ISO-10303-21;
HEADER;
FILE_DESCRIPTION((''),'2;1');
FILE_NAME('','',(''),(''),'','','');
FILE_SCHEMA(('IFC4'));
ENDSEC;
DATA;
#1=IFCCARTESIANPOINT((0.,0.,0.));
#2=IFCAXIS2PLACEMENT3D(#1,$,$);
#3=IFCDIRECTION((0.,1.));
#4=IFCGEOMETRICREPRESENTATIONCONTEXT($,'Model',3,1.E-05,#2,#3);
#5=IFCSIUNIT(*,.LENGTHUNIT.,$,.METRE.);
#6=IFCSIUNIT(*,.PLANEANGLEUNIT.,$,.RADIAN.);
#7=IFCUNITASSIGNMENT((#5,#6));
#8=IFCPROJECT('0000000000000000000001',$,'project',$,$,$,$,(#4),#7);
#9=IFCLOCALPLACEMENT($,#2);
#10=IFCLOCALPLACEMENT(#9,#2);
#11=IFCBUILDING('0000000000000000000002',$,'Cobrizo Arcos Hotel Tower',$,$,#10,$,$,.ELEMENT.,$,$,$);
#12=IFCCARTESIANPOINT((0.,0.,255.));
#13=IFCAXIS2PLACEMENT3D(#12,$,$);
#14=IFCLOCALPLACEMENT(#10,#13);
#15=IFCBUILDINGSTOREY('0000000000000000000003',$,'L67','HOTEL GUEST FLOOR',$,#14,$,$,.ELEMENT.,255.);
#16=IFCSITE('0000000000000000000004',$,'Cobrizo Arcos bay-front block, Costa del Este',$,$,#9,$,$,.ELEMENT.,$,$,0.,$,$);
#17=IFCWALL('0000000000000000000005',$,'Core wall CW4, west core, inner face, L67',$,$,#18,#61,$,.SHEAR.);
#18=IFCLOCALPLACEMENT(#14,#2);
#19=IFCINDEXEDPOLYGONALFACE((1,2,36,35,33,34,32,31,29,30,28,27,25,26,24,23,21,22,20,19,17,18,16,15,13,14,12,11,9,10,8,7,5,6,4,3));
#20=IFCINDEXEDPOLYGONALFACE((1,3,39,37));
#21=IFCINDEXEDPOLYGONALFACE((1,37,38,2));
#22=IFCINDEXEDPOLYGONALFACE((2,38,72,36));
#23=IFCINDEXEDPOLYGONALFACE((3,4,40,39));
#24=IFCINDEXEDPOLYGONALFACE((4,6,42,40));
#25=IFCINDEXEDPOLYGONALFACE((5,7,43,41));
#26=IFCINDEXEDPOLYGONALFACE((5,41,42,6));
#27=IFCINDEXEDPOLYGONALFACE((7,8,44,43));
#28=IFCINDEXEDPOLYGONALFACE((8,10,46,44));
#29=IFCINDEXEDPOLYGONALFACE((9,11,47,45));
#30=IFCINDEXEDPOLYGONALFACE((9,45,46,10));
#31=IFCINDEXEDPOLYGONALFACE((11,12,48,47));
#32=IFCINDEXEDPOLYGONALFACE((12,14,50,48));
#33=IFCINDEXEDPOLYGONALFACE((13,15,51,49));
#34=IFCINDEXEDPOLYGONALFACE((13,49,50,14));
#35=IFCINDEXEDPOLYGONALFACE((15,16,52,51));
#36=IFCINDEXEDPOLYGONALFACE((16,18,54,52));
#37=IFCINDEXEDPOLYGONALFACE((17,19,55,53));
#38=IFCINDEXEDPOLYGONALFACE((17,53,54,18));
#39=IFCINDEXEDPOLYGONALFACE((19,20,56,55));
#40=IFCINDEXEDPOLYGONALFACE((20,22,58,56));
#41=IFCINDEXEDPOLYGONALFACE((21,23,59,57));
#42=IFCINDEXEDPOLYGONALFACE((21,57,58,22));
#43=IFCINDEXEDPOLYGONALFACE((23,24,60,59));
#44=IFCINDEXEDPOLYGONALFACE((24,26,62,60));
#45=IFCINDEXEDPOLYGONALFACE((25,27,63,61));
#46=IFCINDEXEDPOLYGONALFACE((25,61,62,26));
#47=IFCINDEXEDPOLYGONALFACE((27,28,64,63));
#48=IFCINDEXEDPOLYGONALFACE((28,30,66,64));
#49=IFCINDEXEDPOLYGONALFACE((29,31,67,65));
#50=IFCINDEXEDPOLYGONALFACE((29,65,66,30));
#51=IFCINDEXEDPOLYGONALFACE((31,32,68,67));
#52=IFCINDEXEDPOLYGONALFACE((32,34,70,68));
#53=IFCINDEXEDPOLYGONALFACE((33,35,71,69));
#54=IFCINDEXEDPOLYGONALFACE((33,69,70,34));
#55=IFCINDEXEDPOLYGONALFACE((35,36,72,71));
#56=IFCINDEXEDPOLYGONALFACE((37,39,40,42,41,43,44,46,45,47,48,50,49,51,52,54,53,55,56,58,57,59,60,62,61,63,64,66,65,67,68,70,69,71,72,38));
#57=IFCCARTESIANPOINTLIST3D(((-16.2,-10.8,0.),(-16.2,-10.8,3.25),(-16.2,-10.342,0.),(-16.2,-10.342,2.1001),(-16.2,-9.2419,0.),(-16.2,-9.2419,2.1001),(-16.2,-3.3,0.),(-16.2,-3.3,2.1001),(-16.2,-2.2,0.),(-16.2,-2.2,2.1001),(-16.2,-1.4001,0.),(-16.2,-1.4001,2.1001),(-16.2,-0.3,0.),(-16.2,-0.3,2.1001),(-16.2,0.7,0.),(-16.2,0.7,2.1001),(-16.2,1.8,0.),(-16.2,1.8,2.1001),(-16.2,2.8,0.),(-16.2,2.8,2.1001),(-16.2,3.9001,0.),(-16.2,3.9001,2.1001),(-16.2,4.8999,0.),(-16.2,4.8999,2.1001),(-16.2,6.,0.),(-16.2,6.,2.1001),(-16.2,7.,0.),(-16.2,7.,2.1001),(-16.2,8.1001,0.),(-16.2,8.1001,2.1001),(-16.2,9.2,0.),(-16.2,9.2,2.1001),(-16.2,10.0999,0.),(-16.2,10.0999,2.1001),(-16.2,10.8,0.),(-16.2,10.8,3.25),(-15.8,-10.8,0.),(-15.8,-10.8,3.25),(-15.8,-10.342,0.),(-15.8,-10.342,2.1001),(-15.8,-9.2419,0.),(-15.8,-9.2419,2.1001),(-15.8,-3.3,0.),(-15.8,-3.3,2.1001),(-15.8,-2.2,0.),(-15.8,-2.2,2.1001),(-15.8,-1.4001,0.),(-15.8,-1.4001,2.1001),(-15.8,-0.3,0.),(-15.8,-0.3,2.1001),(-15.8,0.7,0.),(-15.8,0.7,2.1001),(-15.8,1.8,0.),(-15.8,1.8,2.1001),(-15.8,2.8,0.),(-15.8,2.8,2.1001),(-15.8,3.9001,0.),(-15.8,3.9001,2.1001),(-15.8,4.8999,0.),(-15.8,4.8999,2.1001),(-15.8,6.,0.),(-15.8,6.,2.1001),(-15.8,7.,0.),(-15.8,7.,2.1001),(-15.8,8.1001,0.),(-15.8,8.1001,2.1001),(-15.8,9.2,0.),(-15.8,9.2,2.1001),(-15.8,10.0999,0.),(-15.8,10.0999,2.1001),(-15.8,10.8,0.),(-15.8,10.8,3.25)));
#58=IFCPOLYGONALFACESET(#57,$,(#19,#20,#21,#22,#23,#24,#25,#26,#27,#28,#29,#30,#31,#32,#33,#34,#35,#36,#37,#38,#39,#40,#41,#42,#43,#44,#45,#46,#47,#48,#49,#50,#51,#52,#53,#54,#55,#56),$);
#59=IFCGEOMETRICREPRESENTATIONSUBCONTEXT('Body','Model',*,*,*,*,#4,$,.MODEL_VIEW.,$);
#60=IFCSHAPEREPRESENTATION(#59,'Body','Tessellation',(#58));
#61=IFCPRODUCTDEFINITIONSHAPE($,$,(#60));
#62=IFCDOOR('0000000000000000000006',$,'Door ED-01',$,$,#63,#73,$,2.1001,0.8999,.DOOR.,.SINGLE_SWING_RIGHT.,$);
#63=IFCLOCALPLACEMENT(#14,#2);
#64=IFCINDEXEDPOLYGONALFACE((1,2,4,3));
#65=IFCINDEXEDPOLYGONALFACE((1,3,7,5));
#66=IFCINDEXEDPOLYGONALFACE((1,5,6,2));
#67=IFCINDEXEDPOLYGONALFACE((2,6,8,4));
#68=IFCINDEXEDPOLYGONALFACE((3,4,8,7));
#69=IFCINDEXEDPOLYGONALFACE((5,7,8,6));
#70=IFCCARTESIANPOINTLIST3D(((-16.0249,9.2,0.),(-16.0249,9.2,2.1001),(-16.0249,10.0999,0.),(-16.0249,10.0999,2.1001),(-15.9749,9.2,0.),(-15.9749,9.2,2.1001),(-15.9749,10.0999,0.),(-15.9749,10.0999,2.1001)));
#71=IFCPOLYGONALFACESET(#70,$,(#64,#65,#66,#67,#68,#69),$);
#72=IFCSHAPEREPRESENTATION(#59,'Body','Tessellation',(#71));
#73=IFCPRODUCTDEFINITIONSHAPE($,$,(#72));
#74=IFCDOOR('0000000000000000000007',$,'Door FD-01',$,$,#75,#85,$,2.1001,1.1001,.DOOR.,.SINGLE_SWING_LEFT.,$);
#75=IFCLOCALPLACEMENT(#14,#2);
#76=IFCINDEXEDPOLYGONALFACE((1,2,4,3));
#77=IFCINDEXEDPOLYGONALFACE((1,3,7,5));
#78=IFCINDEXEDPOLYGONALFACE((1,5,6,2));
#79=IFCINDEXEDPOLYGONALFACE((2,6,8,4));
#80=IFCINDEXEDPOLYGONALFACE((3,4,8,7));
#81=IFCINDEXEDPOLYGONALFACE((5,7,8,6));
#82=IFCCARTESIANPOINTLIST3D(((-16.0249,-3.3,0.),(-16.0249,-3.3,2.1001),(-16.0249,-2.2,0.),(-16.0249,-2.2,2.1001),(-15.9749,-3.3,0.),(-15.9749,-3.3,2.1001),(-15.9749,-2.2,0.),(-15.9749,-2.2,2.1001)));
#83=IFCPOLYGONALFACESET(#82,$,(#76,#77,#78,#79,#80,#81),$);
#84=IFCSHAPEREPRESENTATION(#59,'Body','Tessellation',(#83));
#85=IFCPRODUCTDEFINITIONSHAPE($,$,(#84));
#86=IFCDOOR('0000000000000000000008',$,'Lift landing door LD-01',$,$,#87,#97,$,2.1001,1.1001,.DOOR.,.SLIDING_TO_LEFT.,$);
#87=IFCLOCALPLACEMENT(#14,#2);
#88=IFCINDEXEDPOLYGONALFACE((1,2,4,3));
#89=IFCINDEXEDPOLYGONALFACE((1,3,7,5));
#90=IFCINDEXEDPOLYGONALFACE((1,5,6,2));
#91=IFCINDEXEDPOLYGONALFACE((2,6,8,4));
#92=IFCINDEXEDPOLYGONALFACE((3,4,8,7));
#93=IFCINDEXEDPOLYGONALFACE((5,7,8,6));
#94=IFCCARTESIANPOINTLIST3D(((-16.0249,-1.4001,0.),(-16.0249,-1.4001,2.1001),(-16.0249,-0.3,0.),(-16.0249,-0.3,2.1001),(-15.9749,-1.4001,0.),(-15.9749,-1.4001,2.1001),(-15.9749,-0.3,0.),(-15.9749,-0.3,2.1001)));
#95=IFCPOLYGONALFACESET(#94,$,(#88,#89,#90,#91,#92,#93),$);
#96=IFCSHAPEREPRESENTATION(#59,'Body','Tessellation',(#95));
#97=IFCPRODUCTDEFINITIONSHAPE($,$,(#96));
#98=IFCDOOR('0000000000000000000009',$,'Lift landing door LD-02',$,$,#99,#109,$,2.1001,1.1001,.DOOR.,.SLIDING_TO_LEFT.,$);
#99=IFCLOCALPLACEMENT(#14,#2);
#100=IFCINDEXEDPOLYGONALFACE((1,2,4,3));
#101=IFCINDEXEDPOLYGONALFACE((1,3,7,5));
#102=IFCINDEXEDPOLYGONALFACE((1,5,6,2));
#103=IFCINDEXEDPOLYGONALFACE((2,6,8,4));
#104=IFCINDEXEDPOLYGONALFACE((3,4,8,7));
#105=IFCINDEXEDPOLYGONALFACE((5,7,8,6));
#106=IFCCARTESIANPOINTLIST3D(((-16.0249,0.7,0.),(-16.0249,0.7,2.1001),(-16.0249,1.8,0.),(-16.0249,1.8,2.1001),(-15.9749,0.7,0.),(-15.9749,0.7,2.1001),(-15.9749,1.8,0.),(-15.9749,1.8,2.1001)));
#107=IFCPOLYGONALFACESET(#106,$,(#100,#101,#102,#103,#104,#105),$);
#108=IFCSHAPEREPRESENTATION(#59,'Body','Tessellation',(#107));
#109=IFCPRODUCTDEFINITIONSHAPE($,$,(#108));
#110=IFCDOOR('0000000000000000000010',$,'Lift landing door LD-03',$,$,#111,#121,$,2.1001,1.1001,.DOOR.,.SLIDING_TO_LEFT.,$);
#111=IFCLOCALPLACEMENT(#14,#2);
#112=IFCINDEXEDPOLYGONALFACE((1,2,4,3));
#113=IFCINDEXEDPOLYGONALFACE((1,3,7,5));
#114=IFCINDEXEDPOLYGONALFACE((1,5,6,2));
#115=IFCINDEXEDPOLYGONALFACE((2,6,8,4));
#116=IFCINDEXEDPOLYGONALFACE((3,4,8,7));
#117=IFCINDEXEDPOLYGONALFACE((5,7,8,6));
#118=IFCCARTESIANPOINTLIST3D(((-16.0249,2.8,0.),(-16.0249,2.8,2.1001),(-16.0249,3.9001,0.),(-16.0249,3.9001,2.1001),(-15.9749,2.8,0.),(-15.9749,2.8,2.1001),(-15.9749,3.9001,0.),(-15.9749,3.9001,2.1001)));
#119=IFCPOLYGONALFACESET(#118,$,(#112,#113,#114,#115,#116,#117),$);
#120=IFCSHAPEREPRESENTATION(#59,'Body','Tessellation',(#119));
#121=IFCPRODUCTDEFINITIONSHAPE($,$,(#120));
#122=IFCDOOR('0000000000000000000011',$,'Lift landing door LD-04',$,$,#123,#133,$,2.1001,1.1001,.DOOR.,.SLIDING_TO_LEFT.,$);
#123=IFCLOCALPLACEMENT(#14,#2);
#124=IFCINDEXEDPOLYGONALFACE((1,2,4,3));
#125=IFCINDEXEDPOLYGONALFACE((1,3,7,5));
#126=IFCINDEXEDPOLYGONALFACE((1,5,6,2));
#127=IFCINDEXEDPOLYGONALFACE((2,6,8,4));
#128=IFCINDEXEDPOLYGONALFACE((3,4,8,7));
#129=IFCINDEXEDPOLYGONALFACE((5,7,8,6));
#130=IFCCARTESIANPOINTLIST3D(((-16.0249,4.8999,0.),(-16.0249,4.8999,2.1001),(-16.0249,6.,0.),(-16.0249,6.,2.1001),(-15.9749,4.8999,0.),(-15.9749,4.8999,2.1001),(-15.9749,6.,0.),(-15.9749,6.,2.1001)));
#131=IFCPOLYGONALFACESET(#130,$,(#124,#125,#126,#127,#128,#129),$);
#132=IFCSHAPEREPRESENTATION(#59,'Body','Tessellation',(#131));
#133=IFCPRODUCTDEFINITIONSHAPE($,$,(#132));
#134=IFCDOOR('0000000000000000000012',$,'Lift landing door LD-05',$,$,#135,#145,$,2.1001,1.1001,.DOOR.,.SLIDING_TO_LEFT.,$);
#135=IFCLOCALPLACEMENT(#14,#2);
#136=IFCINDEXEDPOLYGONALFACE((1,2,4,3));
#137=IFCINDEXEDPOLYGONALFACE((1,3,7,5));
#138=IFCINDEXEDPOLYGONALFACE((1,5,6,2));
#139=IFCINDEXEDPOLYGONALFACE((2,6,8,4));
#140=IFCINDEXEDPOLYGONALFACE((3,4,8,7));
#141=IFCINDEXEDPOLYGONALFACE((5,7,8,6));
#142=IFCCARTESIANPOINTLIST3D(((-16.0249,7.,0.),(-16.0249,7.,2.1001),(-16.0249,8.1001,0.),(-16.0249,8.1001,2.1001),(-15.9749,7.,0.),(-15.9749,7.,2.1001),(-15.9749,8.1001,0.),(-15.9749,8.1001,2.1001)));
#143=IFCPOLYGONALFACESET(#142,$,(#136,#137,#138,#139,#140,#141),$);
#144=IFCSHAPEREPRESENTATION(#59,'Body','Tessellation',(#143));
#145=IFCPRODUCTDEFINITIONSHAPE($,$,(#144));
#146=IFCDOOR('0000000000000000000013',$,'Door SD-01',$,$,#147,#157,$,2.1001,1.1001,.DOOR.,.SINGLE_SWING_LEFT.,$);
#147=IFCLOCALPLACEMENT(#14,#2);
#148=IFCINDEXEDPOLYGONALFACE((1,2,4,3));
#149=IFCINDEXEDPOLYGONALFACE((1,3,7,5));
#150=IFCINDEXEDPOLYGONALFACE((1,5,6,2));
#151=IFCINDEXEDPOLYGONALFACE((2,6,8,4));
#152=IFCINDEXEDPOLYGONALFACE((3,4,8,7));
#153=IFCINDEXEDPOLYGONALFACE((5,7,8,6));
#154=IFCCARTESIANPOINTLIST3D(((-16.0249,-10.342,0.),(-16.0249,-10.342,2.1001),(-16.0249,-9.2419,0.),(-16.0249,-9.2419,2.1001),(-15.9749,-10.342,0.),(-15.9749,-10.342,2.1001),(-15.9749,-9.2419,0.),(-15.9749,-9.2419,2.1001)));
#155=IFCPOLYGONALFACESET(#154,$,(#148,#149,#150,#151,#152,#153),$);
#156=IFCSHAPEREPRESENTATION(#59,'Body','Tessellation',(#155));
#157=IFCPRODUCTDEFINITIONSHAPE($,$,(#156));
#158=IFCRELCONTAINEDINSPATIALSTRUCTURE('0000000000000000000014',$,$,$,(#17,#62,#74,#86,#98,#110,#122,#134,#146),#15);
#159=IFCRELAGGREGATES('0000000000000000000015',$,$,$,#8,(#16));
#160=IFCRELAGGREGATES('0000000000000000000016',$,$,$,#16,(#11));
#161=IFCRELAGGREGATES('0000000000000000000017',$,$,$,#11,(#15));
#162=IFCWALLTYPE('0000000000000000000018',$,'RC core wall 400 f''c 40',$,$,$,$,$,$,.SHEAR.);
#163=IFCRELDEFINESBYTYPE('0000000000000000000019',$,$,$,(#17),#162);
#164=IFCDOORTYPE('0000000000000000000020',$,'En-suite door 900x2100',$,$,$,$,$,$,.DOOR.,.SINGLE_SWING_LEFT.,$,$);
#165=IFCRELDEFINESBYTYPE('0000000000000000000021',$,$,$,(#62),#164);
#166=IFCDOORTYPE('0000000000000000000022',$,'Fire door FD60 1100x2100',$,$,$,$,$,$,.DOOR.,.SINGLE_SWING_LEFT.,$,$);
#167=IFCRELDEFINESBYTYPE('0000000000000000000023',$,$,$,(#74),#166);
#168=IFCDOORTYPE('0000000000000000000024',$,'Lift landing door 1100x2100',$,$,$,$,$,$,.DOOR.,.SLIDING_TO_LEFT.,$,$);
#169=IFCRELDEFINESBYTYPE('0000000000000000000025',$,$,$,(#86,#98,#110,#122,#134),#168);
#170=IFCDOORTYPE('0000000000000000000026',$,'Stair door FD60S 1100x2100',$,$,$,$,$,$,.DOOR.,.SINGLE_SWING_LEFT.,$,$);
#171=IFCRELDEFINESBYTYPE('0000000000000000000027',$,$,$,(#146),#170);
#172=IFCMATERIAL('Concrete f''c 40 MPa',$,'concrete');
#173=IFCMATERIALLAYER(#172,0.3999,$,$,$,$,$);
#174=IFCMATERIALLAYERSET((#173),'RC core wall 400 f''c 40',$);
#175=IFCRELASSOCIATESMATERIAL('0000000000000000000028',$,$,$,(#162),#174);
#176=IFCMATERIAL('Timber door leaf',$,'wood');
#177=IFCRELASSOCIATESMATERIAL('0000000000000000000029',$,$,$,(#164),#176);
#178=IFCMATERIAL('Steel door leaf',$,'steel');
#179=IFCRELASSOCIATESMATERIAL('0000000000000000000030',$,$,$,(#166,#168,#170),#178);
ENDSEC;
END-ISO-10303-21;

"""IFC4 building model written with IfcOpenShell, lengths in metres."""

from ifc_helpers import new_model, si_unit, direction, frame, frame_2d, origin, place, context, subcontext, project, spatial, rectangle, extrude, material, layer, layer_set, type_object, element, fill, save


model = new_model("IFC4")

# Units and contexts
model_context = context("Model", 3, precision=1e-05, world=origin(), true_north=direction((0.0, 1.0)))
body_context = subcontext(model_context, "Body", "Model", "MODEL_VIEW")
ifc_project = project(units=[si_unit("LENGTHUNIT", "METRE"), si_unit("PLANEANGLEUNIT", "RADIAN")], contexts=[model_context])

# Site, building, storey
site_placement = place(None, origin())
site = spatial("IfcSite", under=ifc_project, at=site_placement, Name="Cobrizo Arcos bay-front block, Costa del Este", CompositionType="ELEMENT", RefElevation=0.0)
building_placement = place(site_placement, origin())
building = spatial("IfcBuilding", under=site, at=building_placement, Name="Cobrizo Arcos Hotel Tower", CompositionType="ELEMENT")
storey_placement = place(building_placement, frame((0.0, 0.0, 255.0)))
storey = spatial("IfcBuildingStorey", under=building, at=storey_placement, Name="L67", Description="HOTEL GUEST FLOOR", CompositionType="ELEMENT", Elevation=255.0)

# Wall, openings, doors
ifc_material_1 = material(Name="Concrete f'c 40 MPa", Category="concrete")
ifc_layer_1 = layer(ifc_material_1, 0.3999)
ifc_layer_set_1 = layer_set([ifc_layer_1], Name="RC core wall 400 f'c 40")
wall_type_1 = type_object("IfcWallType", Name="RC core wall 400 f'c 40", PredefinedType="SHEAR", material=ifc_layer_set_1)
wall_1_placement = place(storey_placement, frame((-16.0, -10.8, 0.0), z_axis=(0.0, 0.0, 1.0), x_axis=(0.0, 1.0, 0.0)))
wall_1 = element("IfcWall", 1, at=wall_1_placement, inside=storey, type_object=wall_type_1, Name="Core wall CW4, west core, inner face, L67", PredefinedType="SHEAR", context=body_context, shape_type="SweptSolid", body=[
    extrude(rectangle(XDim=21.6001, YDim=0.3999, at=frame_2d((10.8, 0.0))), origin(), (0.0, 0.0, 1.0), 3.25),
])
opening_1_placement = place(wall_1_placement, frame((9.3999, 0.0, 0.0)))
opening_1 = element("IfcOpeningElement", 2, at=opening_1_placement, cuts=wall_1, PredefinedType="OPENING", context=body_context, shape_type="SweptSolid", body=[
    extrude(rectangle(XDim=1.1001, YDim=2.1001, at=frame_2d((0.55, 1.05))), frame((0.0, 0.2119, 0.0), z_axis=(0.0, -1.0, 0.0), x_axis=(1.0, 0.0, 0.0)), (0.0, 0.0, 1.0), 0.4238),
])
opening_2_placement = place(wall_1_placement, frame((11.5, 0.0, 0.0)))
opening_2 = element("IfcOpeningElement", 3, at=opening_2_placement, cuts=wall_1, PredefinedType="OPENING", context=body_context, shape_type="SweptSolid", body=[
    extrude(rectangle(XDim=1.1001, YDim=2.1001, at=frame_2d((0.55, 1.05))), frame((0.0, 0.2119, 0.0), z_axis=(0.0, -1.0, 0.0), x_axis=(1.0, 0.0, 0.0)), (0.0, 0.0, 1.0), 0.4238),
])
opening_3_placement = place(wall_1_placement, frame((13.6001, 0.0, 0.0)))
opening_3 = element("IfcOpeningElement", 4, at=opening_3_placement, cuts=wall_1, PredefinedType="OPENING", context=body_context, shape_type="SweptSolid", body=[
    extrude(rectangle(XDim=1.1001, YDim=2.1001, at=frame_2d((0.55, 1.05))), frame((0.0, 0.2119, 0.0), z_axis=(0.0, -1.0, 0.0), x_axis=(1.0, 0.0, 0.0)), (0.0, 0.0, 1.0), 0.4238),
])
opening_4_placement = place(wall_1_placement, frame((15.7, 0.0, 0.0)))
opening_4 = element("IfcOpeningElement", 5, at=opening_4_placement, cuts=wall_1, PredefinedType="OPENING", context=body_context, shape_type="SweptSolid", body=[
    extrude(rectangle(XDim=1.1001, YDim=2.1001, at=frame_2d((0.55, 1.05))), frame((0.0, 0.2119, 0.0), z_axis=(0.0, -1.0, 0.0), x_axis=(1.0, 0.0, 0.0)), (0.0, 0.0, 1.0), 0.4238),
])
opening_5_placement = place(wall_1_placement, frame((17.8, 0.0, 0.0)))
opening_5 = element("IfcOpeningElement", 6, at=opening_5_placement, cuts=wall_1, PredefinedType="OPENING", context=body_context, shape_type="SweptSolid", body=[
    extrude(rectangle(XDim=1.1001, YDim=2.1001, at=frame_2d((0.55, 1.05))), frame((0.0, 0.2119, 0.0), z_axis=(0.0, -1.0, 0.0), x_axis=(1.0, 0.0, 0.0)), (0.0, 0.0, 1.0), 0.4238),
])
opening_6_placement = place(wall_1_placement, frame((0.458, 0.0, 0.0)))
opening_6 = element("IfcOpeningElement", 7, at=opening_6_placement, cuts=wall_1, PredefinedType="OPENING", context=body_context, shape_type="SweptSolid", body=[
    extrude(rectangle(XDim=1.1001, YDim=2.1001, at=frame_2d((0.55, 1.05))), frame((0.0, 0.2119, 0.0), z_axis=(0.0, -1.0, 0.0), x_axis=(1.0, 0.0, 0.0)), (0.0, 0.0, 1.0), 0.4238),
])
opening_7_placement = place(wall_1_placement, frame((7.5, 0.0, 0.0)))
opening_7 = element("IfcOpeningElement", 8, at=opening_7_placement, cuts=wall_1, PredefinedType="OPENING", context=body_context, shape_type="SweptSolid", body=[
    extrude(rectangle(XDim=1.1001, YDim=2.1001, at=frame_2d((0.55, 1.05))), frame((0.0, 0.2119, 0.0), z_axis=(0.0, -1.0, 0.0), x_axis=(1.0, 0.0, 0.0)), (0.0, 0.0, 1.0), 0.4238),
])
opening_8_placement = place(wall_1_placement, frame((20.0, 0.0, 0.0)))
opening_8 = element("IfcOpeningElement", 9, at=opening_8_placement, cuts=wall_1, PredefinedType="OPENING", context=body_context, shape_type="SweptSolid", body=[
    extrude(rectangle(XDim=0.8999, YDim=2.1001, at=frame_2d((0.45, 1.05))), frame((0.0, 0.2119, 0.0), z_axis=(0.0, -1.0, 0.0), x_axis=(1.0, 0.0, 0.0)), (0.0, 0.0, 1.0), 0.4238),
])
ifc_material_2 = material(Name="Timber door leaf", Category="wood")
door_type_1 = type_object("IfcDoorType", Name="En-suite door 900x2100", OperationType="SINGLE_SWING_LEFT", PredefinedType="DOOR", material=ifc_material_2)
door_1_placement = place(opening_8_placement, origin())
door_1 = element("IfcDoor", 10, at=door_1_placement, inside=storey, type_object=door_type_1, Name="Door ED-01", OperationType="SINGLE_SWING_RIGHT", OverallHeight=2.1001, OverallWidth=0.8999, PredefinedType="DOOR", context=body_context, shape_type="SweptSolid", body=[
    extrude(rectangle(XDim=0.8999, YDim=2.1001, at=frame_2d((0.45, 1.05))), frame((0.0, 0.0249, 0.0), z_axis=(0.0, -1.0, 0.0), x_axis=(1.0, 0.0, 0.0)), (0.0, 0.0, 1.0), 0.05),
])
fill(opening_8, door_1)
ifc_material_3 = material(Name="Steel door leaf", Category="steel")
door_type_2 = type_object("IfcDoorType", Name="Fire door FD60 1100x2100", OperationType="SINGLE_SWING_LEFT", PredefinedType="DOOR", material=ifc_material_3)
door_2_placement = place(opening_7_placement, origin())
door_2 = element("IfcDoor", 11, at=door_2_placement, inside=storey, type_object=door_type_2, Name="Door FD-01", OperationType="SINGLE_SWING_LEFT", OverallHeight=2.1001, OverallWidth=1.1001, PredefinedType="DOOR", context=body_context, shape_type="SweptSolid", body=[
    extrude(rectangle(XDim=1.1001, YDim=2.1001, at=frame_2d((0.55, 1.05))), frame((0.0, 0.0249, 0.0), z_axis=(0.0, -1.0, 0.0), x_axis=(1.0, 0.0, 0.0)), (0.0, 0.0, 1.0), 0.05),
])
fill(opening_7, door_2)
door_type_3 = type_object("IfcDoorType", Name="Lift landing door 1100x2100", OperationType="SLIDING_TO_LEFT", PredefinedType="DOOR", material=ifc_material_3)
door_3_placement = place(opening_1_placement, origin())
door_3 = element("IfcDoor", 12, at=door_3_placement, inside=storey, type_object=door_type_3, Name="Lift landing door LD-01", OperationType="SLIDING_TO_LEFT", OverallHeight=2.1001, OverallWidth=1.1001, PredefinedType="DOOR", context=body_context, shape_type="SweptSolid", body=[
    extrude(rectangle(XDim=1.1001, YDim=2.1001, at=frame_2d((0.55, 1.05))), frame((0.0, 0.0249, 0.0), z_axis=(0.0, -1.0, 0.0), x_axis=(1.0, 0.0, 0.0)), (0.0, 0.0, 1.0), 0.05),
])
fill(opening_1, door_3)
door_4_placement = place(opening_2_placement, origin())
door_4 = element("IfcDoor", 13, at=door_4_placement, inside=storey, type_object=door_type_3, Name="Lift landing door LD-02", OperationType="SLIDING_TO_LEFT", OverallHeight=2.1001, OverallWidth=1.1001, PredefinedType="DOOR", context=body_context, shape_type="SweptSolid", body=[
    extrude(rectangle(XDim=1.1001, YDim=2.1001, at=frame_2d((0.55, 1.05))), frame((0.0, 0.0249, 0.0), z_axis=(0.0, -1.0, 0.0), x_axis=(1.0, 0.0, 0.0)), (0.0, 0.0, 1.0), 0.05),
])
fill(opening_2, door_4)
door_5_placement = place(opening_3_placement, origin())
door_5 = element("IfcDoor", 14, at=door_5_placement, inside=storey, type_object=door_type_3, Name="Lift landing door LD-03", OperationType="SLIDING_TO_LEFT", OverallHeight=2.1001, OverallWidth=1.1001, PredefinedType="DOOR", context=body_context, shape_type="SweptSolid", body=[
    extrude(rectangle(XDim=1.1001, YDim=2.1001, at=frame_2d((0.55, 1.05))), frame((0.0, 0.0249, 0.0), z_axis=(0.0, -1.0, 0.0), x_axis=(1.0, 0.0, 0.0)), (0.0, 0.0, 1.0), 0.05),
])
fill(opening_3, door_5)
door_6_placement = place(opening_4_placement, origin())
door_6 = element("IfcDoor", 15, at=door_6_placement, inside=storey, type_object=door_type_3, Name="Lift landing door LD-04", OperationType="SLIDING_TO_LEFT", OverallHeight=2.1001, OverallWidth=1.1001, PredefinedType="DOOR", context=body_context, shape_type="SweptSolid", body=[
    extrude(rectangle(XDim=1.1001, YDim=2.1001, at=frame_2d((0.55, 1.05))), frame((0.0, 0.0249, 0.0), z_axis=(0.0, -1.0, 0.0), x_axis=(1.0, 0.0, 0.0)), (0.0, 0.0, 1.0), 0.05),
])
fill(opening_4, door_6)
door_7_placement = place(opening_5_placement, origin())
door_7 = element("IfcDoor", 16, at=door_7_placement, inside=storey, type_object=door_type_3, Name="Lift landing door LD-05", OperationType="SLIDING_TO_LEFT", OverallHeight=2.1001, OverallWidth=1.1001, PredefinedType="DOOR", context=body_context, shape_type="SweptSolid", body=[
    extrude(rectangle(XDim=1.1001, YDim=2.1001, at=frame_2d((0.55, 1.05))), frame((0.0, 0.0249, 0.0), z_axis=(0.0, -1.0, 0.0), x_axis=(1.0, 0.0, 0.0)), (0.0, 0.0, 1.0), 0.05),
])
fill(opening_5, door_7)
door_type_4 = type_object("IfcDoorType", Name="Stair door FD60S 1100x2100", OperationType="SINGLE_SWING_LEFT", PredefinedType="DOOR", material=ifc_material_3)
door_8_placement = place(opening_6_placement, origin())
door_8 = element("IfcDoor", 17, at=door_8_placement, inside=storey, type_object=door_type_4, Name="Door SD-01", OperationType="SINGLE_SWING_LEFT", OverallHeight=2.1001, OverallWidth=1.1001, PredefinedType="DOOR", context=body_context, shape_type="SweptSolid", body=[
    extrude(rectangle(XDim=1.1001, YDim=2.1001, at=frame_2d((0.55, 1.05))), frame((0.0, 0.0249, 0.0), z_axis=(0.0, -1.0, 0.0), x_axis=(1.0, 0.0, 0.0)), (0.0, 0.0, 1.0), 0.05),
])
fill(opening_6, door_8)

save(model, "model.ifc")
